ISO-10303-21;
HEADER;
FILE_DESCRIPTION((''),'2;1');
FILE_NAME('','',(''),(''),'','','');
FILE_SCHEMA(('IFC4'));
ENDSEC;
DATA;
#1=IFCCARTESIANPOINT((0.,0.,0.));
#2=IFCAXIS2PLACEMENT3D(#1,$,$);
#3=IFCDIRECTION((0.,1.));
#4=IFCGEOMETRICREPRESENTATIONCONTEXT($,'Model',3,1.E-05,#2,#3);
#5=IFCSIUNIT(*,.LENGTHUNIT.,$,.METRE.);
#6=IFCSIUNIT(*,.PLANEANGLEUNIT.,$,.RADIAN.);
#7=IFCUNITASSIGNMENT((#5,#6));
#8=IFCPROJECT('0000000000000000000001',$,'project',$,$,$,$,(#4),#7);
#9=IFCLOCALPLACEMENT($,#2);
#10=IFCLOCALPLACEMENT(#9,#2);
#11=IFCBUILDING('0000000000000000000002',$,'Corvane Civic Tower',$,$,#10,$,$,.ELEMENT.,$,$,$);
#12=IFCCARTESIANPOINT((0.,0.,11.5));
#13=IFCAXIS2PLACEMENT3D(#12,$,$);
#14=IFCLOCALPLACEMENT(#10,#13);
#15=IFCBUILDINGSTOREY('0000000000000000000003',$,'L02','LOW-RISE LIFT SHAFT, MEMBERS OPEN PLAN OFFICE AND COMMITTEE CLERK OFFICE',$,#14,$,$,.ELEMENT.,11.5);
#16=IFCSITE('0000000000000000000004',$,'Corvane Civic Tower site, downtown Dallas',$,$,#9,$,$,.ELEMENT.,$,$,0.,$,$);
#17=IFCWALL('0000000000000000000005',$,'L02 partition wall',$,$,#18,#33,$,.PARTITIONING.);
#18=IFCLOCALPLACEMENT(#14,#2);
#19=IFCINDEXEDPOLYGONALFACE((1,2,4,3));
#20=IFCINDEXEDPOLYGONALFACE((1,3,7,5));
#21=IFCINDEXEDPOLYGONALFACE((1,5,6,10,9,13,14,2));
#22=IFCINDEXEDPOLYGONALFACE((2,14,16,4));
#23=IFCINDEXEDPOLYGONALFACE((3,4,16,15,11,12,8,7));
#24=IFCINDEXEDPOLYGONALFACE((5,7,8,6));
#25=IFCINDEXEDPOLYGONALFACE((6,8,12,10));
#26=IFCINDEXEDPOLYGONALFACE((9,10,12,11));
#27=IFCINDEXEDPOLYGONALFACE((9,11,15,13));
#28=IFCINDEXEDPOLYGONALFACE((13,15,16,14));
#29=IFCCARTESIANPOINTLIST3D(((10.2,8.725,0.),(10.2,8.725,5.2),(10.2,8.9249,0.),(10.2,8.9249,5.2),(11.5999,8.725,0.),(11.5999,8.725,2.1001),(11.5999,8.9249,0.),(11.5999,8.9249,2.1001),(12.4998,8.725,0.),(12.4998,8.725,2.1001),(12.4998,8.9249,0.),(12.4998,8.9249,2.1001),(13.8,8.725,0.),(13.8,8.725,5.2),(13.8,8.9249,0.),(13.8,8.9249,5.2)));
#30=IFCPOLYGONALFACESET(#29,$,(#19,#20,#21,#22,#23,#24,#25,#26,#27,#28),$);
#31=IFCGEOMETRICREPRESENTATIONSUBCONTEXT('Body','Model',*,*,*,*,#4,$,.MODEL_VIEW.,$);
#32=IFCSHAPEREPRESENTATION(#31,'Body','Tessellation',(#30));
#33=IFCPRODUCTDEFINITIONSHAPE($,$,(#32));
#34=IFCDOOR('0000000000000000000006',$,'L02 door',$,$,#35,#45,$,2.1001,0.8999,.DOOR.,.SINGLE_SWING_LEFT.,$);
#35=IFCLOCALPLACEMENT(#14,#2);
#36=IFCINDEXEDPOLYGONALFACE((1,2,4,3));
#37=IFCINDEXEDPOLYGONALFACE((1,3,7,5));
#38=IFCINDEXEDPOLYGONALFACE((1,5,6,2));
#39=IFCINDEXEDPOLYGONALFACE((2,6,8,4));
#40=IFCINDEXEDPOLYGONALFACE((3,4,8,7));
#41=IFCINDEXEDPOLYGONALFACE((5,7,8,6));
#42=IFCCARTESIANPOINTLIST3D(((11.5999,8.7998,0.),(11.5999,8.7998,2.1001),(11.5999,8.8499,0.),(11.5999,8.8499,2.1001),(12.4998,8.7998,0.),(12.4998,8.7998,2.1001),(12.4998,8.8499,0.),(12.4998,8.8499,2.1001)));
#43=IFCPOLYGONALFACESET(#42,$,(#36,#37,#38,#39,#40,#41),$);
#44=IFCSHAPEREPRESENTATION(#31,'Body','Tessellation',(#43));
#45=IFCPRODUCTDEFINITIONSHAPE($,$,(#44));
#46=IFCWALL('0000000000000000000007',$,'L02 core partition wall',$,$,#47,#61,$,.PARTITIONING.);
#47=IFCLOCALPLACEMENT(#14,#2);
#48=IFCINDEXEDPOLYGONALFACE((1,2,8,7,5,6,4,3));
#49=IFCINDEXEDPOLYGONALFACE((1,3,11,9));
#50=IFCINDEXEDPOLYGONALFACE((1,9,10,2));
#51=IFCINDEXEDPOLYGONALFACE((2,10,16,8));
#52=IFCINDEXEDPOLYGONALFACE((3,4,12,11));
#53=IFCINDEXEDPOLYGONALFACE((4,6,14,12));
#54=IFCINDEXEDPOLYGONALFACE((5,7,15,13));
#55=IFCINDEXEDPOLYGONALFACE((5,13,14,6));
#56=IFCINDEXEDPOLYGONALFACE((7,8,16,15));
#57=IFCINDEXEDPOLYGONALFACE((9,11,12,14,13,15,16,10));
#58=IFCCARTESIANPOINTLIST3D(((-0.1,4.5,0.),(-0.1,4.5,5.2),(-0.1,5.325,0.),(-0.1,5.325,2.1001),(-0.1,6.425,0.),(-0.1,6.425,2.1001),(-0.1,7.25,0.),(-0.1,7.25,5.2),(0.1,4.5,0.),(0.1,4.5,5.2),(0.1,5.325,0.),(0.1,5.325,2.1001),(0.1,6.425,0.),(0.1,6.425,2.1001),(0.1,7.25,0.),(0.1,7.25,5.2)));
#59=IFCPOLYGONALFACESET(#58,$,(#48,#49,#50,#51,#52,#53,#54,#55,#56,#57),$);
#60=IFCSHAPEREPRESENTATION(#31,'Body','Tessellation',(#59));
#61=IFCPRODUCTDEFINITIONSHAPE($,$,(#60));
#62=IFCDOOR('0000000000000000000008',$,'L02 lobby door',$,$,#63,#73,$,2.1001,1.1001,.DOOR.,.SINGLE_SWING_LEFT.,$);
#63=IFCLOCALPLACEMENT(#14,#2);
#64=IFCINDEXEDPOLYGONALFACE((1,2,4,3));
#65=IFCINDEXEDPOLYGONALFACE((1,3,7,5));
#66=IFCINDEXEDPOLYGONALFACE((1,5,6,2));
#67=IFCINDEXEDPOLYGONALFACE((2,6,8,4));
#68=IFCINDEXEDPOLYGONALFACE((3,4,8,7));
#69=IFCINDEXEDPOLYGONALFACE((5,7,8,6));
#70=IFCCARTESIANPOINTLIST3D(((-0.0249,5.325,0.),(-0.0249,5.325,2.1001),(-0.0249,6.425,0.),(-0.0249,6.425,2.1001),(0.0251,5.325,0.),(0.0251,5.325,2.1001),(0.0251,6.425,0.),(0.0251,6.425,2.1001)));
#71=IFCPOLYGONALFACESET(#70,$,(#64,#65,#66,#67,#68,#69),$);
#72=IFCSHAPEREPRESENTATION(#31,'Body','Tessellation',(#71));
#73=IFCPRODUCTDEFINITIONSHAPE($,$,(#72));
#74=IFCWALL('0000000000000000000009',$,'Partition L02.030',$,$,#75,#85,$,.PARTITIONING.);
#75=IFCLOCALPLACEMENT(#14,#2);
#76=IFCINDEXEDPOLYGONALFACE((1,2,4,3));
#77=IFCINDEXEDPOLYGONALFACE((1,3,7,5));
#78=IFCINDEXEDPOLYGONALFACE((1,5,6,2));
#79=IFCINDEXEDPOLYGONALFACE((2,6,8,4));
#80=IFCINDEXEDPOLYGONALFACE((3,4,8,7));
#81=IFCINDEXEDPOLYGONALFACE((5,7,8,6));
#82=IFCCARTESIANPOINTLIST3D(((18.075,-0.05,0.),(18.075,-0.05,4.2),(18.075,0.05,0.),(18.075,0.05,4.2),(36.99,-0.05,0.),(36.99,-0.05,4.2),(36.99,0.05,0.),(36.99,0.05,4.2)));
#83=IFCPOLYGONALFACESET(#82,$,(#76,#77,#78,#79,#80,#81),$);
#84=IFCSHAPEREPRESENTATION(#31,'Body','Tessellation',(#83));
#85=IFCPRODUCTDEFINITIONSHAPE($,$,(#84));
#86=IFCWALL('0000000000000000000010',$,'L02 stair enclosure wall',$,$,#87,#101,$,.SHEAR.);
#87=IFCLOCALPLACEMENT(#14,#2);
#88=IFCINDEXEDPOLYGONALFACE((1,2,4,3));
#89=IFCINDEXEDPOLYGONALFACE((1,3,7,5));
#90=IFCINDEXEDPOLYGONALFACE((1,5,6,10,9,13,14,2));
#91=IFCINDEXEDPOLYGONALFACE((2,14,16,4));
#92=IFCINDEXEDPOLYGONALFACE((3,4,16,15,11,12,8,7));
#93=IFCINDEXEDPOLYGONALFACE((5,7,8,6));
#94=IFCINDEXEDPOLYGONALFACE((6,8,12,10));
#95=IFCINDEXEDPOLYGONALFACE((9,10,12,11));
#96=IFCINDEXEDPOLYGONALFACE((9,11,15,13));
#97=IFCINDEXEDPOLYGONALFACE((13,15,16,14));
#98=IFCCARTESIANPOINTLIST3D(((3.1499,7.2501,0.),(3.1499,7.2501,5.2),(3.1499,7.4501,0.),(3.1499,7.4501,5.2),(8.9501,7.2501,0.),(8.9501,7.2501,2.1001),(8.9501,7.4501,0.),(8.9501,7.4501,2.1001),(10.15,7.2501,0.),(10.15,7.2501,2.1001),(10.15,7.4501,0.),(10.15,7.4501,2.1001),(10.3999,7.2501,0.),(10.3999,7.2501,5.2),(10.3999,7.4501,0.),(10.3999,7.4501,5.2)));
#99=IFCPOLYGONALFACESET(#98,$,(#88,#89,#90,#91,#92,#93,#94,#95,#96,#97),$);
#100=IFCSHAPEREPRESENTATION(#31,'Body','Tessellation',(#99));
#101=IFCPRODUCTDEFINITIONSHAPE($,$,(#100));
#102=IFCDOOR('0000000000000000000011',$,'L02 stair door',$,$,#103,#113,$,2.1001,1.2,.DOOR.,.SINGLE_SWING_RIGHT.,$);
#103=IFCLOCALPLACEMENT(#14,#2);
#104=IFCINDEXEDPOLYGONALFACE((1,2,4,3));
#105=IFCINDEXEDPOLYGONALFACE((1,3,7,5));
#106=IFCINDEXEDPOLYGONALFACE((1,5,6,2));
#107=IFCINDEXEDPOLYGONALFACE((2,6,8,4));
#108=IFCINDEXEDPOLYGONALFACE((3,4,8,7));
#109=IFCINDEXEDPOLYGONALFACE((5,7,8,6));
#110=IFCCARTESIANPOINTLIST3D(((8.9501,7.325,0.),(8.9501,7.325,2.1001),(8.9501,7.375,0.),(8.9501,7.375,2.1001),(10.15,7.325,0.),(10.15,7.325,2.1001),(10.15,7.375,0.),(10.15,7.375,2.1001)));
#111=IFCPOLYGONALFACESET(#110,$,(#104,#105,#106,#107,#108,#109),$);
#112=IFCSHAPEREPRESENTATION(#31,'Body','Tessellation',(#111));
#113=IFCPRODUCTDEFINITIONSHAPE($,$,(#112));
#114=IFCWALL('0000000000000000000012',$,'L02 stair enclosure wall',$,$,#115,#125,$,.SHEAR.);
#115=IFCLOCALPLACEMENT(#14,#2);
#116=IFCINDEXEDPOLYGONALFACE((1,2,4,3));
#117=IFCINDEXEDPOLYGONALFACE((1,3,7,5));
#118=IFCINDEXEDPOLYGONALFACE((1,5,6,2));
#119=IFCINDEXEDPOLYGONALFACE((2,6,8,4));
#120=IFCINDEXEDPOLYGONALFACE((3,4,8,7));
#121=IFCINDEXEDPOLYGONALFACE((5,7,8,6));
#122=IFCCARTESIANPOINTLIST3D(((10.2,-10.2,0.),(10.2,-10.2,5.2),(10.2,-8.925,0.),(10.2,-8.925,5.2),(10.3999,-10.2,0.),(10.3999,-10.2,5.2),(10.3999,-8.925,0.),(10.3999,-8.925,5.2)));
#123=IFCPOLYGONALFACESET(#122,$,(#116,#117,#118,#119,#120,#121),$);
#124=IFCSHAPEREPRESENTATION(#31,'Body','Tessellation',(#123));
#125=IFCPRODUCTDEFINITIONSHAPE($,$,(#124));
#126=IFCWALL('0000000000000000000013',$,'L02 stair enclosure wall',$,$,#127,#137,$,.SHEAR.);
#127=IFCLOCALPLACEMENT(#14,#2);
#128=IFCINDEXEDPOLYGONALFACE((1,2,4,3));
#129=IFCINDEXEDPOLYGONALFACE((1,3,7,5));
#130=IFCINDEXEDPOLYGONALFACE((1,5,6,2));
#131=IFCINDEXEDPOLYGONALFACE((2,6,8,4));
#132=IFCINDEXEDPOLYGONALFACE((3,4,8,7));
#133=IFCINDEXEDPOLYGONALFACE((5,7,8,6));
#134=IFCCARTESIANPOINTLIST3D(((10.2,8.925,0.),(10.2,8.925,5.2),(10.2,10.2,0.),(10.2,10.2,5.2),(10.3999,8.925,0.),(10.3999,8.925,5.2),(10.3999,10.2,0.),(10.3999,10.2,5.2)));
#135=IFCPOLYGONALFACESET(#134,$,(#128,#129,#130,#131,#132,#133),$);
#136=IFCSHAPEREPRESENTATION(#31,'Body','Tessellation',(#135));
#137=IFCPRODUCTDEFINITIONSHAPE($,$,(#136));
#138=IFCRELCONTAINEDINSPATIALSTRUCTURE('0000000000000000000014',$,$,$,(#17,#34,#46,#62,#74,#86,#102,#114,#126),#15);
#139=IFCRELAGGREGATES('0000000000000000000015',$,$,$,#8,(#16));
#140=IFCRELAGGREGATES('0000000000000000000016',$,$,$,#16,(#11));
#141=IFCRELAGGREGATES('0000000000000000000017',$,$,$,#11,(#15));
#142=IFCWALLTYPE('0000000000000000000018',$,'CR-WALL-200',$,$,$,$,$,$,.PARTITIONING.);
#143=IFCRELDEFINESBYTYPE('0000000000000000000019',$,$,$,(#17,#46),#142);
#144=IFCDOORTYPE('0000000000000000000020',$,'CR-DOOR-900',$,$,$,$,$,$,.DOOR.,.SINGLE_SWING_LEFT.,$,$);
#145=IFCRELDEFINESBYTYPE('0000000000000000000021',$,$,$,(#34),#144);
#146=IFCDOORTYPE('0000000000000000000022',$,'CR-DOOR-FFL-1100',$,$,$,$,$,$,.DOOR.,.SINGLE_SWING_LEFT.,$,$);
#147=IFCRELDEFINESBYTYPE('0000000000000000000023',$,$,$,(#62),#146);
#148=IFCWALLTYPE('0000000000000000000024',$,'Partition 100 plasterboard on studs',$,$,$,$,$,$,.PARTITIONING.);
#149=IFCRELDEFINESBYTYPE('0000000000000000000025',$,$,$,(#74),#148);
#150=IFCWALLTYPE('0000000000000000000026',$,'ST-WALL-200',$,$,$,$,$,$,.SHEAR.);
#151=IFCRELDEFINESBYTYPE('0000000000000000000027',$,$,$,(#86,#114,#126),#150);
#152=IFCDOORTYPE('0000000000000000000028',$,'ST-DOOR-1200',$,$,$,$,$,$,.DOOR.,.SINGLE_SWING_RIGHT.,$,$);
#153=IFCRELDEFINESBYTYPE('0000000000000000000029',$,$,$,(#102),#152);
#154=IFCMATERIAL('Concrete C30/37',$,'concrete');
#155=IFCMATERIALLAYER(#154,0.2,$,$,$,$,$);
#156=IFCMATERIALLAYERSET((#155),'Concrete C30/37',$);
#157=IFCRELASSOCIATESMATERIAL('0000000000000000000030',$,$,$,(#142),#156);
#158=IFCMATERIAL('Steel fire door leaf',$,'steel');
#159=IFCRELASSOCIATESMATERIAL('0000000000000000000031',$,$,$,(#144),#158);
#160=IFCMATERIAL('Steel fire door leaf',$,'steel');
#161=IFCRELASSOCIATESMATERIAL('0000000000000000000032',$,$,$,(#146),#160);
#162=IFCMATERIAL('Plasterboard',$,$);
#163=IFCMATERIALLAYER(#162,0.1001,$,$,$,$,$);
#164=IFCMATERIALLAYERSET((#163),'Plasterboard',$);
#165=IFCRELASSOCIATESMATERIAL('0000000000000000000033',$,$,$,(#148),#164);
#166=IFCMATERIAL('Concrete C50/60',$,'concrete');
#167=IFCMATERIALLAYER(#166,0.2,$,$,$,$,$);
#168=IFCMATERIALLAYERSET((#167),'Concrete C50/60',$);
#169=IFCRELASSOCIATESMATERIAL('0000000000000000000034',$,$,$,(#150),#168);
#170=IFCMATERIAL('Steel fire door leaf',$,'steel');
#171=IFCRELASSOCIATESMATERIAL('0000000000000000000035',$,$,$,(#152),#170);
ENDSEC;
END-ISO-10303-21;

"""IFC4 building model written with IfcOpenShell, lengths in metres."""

from ifc_helpers import new_model, si_unit, direction, frame, frame_2d, origin, place, context, subcontext, project, spatial, polyline, rectangle, outline, extrude, material, layer, layer_set, type_object, element, fill, save


model = new_model("IFC4")

# Units and contexts
model_context = context("Model", 3, precision=1e-05, world=origin(), true_north=direction((0.0, 1.0)))
body_context = subcontext(model_context, "Body", "Model", "MODEL_VIEW")
ifc_project = project(units=[si_unit("LENGTHUNIT", "METRE"), si_unit("PLANEANGLEUNIT", "RADIAN")], contexts=[model_context])

# Site, building, storey
site_placement = place(None, origin())
site = spatial("IfcSite", under=ifc_project, at=site_placement, Name="Corvane Civic Tower site, downtown Dallas", CompositionType="ELEMENT", RefElevation=0.0)
building_placement = place(site_placement, origin())
building = spatial("IfcBuilding", under=site, at=building_placement, Name="Corvane Civic Tower", CompositionType="ELEMENT")
storey_placement = place(building_placement, frame((0.0, 0.0, 11.5)))
storey = spatial("IfcBuildingStorey", under=building, at=storey_placement, Name="L02", Description="LOW-RISE LIFT SHAFT, MEMBERS OPEN PLAN OFFICE AND COMMITTEE CLERK OFFICE", CompositionType="ELEMENT", Elevation=11.5)

# Walls, openings, doors
ifc_material_1 = material(Name="Concrete C30/37", Category="concrete")
ifc_layer_1 = layer(ifc_material_1, 0.2)
ifc_layer_set_1 = layer_set([ifc_layer_1], Name="Concrete C30/37")
wall_type_1 = type_object("IfcWallType", Name="CR-WALL-200", PredefinedType="PARTITIONING", material=ifc_layer_set_1)
ifc_material_2 = material(Name="Steel fire door leaf", Category="steel")
door_type_1 = type_object("IfcDoorType", Name="CR-DOOR-900", OperationType="SINGLE_SWING_LEFT", PredefinedType="DOOR", material=ifc_material_2)
wall_1_placement = place(storey_placement, frame((10.2, 8.825, 0.0), z_axis=(0.0, 0.0, 1.0), x_axis=(1.0, 0.0, 0.0)))
wall_1 = element("IfcWall", 1, at=wall_1_placement, inside=storey, type_object=wall_type_1, Name="L02 partition wall", PredefinedType="PARTITIONING", context=body_context, shape_type="SweptSolid", body=[
    extrude(rectangle(XDim=3.6001, YDim=0.2, at=frame_2d((1.8, 0.0))), origin(), (0.0, 0.0, 1.0), 5.2),
])
opening_1_placement = place(wall_1_placement, frame((1.3999, 0.0, 0.0)))
opening_1 = element("IfcOpeningElement", 2, at=opening_1_placement, cuts=wall_1, PredefinedType="OPENING", context=body_context, shape_type="SweptSolid", body=[
    extrude(rectangle(XDim=0.8999, YDim=2.1001, at=frame_2d((0.45, 1.05))), frame((0.0, 0.1099, 0.0), z_axis=(0.0, -1.0, 0.0), x_axis=(1.0, 0.0, 0.0)), (0.0, 0.0, 1.0), 0.22),
])
door_1_placement = place(opening_1_placement, origin())
door_1 = element("IfcDoor", 3, at=door_1_placement, inside=storey, type_object=door_type_1, Name="L02 door", OperationType="SINGLE_SWING_LEFT", OverallHeight=2.1001, OverallWidth=0.8999, PredefinedType="DOOR", context=body_context, shape_type="SweptSolid", body=[
    extrude(rectangle(XDim=0.8999, YDim=2.1001, at=frame_2d((0.45, 1.05))), frame((0.0, 0.0249, 0.0), z_axis=(0.0, -1.0, 0.0), x_axis=(1.0, 0.0, 0.0)), (0.0, 0.0, 1.0), 0.05),
])
fill(opening_1, door_1)
wall_2_placement = place(storey_placement, frame((0.0, 4.5, 0.0), z_axis=(0.0, 0.0, 1.0), x_axis=(0.0, 1.0, 0.0)))
wall_2 = element("IfcWall", 4, at=wall_2_placement, inside=storey, type_object=wall_type_1, Name="L02 core partition wall", PredefinedType="PARTITIONING", context=body_context, shape_type="SweptSolid", body=[
    extrude(rectangle(XDim=2.75, YDim=0.2, at=frame_2d((1.375, 0.0))), origin(), (0.0, 0.0, 1.0), 5.2),
])
opening_2_placement = place(wall_2_placement, frame((0.825, 0.0, 0.0)))
opening_2 = element("IfcOpeningElement", 5, at=opening_2_placement, cuts=wall_2, PredefinedType="OPENING", context=body_context, shape_type="SweptSolid", body=[
    extrude(rectangle(XDim=1.1001, YDim=2.1001, at=frame_2d((0.55, 1.05))), frame((0.0, 0.1099, 0.0), z_axis=(0.0, -1.0, 0.0), x_axis=(1.0, 0.0, 0.0)), (0.0, 0.0, 1.0), 0.22),
])
ifc_material_3 = material(Name="Steel fire door leaf", Category="steel")
door_type_2 = type_object("IfcDoorType", Name="CR-DOOR-FFL-1100", OperationType="SINGLE_SWING_LEFT", PredefinedType="DOOR", material=ifc_material_3)
door_2_placement = place(opening_2_placement, origin())
door_2 = element("IfcDoor", 6, at=door_2_placement, inside=storey, type_object=door_type_2, Name="L02 lobby door", OperationType="SINGLE_SWING_LEFT", OverallHeight=2.1001, OverallWidth=1.1001, PredefinedType="DOOR", context=body_context, shape_type="SweptSolid", body=[
    extrude(rectangle(XDim=1.1001, YDim=2.1001, at=frame_2d((0.55, 1.05))), frame((0.0, 0.0249, 0.0), z_axis=(0.0, -1.0, 0.0), x_axis=(1.0, 0.0, 0.0)), (0.0, 0.0, 1.0), 0.05),
])
fill(opening_2, door_2)

# Wall
ifc_material_4 = material(Name="Plasterboard")
ifc_layer_2 = layer(ifc_material_4, 0.1001)
ifc_layer_set_2 = layer_set([ifc_layer_2], Name="Plasterboard")
wall_type_2 = type_object("IfcWallType", Name="Partition 100 plasterboard on studs", PredefinedType="PARTITIONING", material=ifc_layer_set_2)
wall_3_placement = place(storey_placement, frame((18.075, 0.0, 0.0), z_axis=(0.0, 0.0, 1.0), x_axis=(1.0, 0.0, 0.0)))
element("IfcWall", 7, at=wall_3_placement, inside=storey, type_object=wall_type_2, Name="Partition L02.030", PredefinedType="PARTITIONING", context=body_context, shape_type="SweptSolid", body=[
    extrude(rectangle(XDim=18.915, YDim=0.1001, at=frame_2d((9.4575, 0.0))), origin(), (0.0, 0.0, 1.0), 4.2),
])

# Wall, opening, door
ifc_material_5 = material(Name="Concrete C50/60", Category="concrete")
ifc_layer_3 = layer(ifc_material_5, 0.2)
ifc_layer_set_3 = layer_set([ifc_layer_3], Name="Concrete C50/60")
wall_type_3 = type_object("IfcWallType", Name="ST-WALL-200", PredefinedType="SHEAR", material=ifc_layer_set_3)
wall_4_placement = place(storey_placement, frame((3.1499, 7.3501, 0.0), z_axis=(0.0, 0.0, 1.0), x_axis=(1.0, 0.0, 0.0)))
wall_4 = element("IfcWall", 8, at=wall_4_placement, inside=storey, type_object=wall_type_3, Name="L02 stair enclosure wall", PredefinedType="SHEAR", context=body_context, shape_type="SweptSolid", body=[
    extrude(rectangle(XDim=7.25, YDim=0.2, at=frame_2d((3.625, 0.0))), origin(), (0.0, 0.0, 1.0), 5.2),
])
opening_3_placement = place(wall_4_placement, frame((5.8, 0.0, 0.0)))
opening_3 = element("IfcOpeningElement", 9, at=opening_3_placement, cuts=wall_4, PredefinedType="OPENING", context=body_context, shape_type="SweptSolid", body=[
    extrude(rectangle(XDim=1.2, YDim=2.1001, at=frame_2d((0.6001, 1.05))), frame((0.0, 0.1099, 0.0), z_axis=(0.0, -1.0, 0.0), x_axis=(1.0, 0.0, 0.0)), (0.0, 0.0, 1.0), 0.22),
])
ifc_material_6 = material(Name="Steel fire door leaf", Category="steel")
door_type_3 = type_object("IfcDoorType", Name="ST-DOOR-1200", OperationType="SINGLE_SWING_RIGHT", PredefinedType="DOOR", material=ifc_material_6)
door_3_placement = place(opening_3_placement, origin())
door_3 = element("IfcDoor", 10, at=door_3_placement, inside=storey, type_object=door_type_3, Name="L02 stair door", OperationType="SINGLE_SWING_RIGHT", OverallHeight=2.1001, OverallWidth=1.2, PredefinedType="DOOR", context=body_context, shape_type="SweptSolid", body=[
    extrude(rectangle(XDim=1.2, YDim=2.1001, at=frame_2d((0.6001, 1.05))), frame((0.0, 0.0249, 0.0), z_axis=(0.0, -1.0, 0.0), x_axis=(1.0, 0.0, 0.0)), (0.0, 0.0, 1.0), 0.05),
])
fill(opening_3, door_3)

# Walls
wall_5_placement = place(storey_placement, origin())
element("IfcWall", 11, at=wall_5_placement, inside=storey, type_object=wall_type_3, Name="L02 stair enclosure wall", PredefinedType="SHEAR", context=body_context, shape_type="SweptSolid", body=[
    extrude(outline(polyline([(10.3999, -8.925), (10.3999, -10.2), (10.2, -10.2), (10.2, -8.925), (10.3999, -8.925)])), origin(), (0.0, 0.0, 1.0), 5.2),
])
wall_6_placement = place(storey_placement, origin())
element("IfcWall", 12, at=wall_6_placement, inside=storey, type_object=wall_type_3, Name="L02 stair enclosure wall", PredefinedType="SHEAR", context=body_context, shape_type="SweptSolid", body=[
    extrude(outline(polyline([(10.3999, 8.925), (10.2, 8.925), (10.2, 10.2), (10.3999, 10.2), (10.3999, 8.925)])), origin(), (0.0, 0.0, 1.0), 5.2),
])

save(model, "model.ifc")
